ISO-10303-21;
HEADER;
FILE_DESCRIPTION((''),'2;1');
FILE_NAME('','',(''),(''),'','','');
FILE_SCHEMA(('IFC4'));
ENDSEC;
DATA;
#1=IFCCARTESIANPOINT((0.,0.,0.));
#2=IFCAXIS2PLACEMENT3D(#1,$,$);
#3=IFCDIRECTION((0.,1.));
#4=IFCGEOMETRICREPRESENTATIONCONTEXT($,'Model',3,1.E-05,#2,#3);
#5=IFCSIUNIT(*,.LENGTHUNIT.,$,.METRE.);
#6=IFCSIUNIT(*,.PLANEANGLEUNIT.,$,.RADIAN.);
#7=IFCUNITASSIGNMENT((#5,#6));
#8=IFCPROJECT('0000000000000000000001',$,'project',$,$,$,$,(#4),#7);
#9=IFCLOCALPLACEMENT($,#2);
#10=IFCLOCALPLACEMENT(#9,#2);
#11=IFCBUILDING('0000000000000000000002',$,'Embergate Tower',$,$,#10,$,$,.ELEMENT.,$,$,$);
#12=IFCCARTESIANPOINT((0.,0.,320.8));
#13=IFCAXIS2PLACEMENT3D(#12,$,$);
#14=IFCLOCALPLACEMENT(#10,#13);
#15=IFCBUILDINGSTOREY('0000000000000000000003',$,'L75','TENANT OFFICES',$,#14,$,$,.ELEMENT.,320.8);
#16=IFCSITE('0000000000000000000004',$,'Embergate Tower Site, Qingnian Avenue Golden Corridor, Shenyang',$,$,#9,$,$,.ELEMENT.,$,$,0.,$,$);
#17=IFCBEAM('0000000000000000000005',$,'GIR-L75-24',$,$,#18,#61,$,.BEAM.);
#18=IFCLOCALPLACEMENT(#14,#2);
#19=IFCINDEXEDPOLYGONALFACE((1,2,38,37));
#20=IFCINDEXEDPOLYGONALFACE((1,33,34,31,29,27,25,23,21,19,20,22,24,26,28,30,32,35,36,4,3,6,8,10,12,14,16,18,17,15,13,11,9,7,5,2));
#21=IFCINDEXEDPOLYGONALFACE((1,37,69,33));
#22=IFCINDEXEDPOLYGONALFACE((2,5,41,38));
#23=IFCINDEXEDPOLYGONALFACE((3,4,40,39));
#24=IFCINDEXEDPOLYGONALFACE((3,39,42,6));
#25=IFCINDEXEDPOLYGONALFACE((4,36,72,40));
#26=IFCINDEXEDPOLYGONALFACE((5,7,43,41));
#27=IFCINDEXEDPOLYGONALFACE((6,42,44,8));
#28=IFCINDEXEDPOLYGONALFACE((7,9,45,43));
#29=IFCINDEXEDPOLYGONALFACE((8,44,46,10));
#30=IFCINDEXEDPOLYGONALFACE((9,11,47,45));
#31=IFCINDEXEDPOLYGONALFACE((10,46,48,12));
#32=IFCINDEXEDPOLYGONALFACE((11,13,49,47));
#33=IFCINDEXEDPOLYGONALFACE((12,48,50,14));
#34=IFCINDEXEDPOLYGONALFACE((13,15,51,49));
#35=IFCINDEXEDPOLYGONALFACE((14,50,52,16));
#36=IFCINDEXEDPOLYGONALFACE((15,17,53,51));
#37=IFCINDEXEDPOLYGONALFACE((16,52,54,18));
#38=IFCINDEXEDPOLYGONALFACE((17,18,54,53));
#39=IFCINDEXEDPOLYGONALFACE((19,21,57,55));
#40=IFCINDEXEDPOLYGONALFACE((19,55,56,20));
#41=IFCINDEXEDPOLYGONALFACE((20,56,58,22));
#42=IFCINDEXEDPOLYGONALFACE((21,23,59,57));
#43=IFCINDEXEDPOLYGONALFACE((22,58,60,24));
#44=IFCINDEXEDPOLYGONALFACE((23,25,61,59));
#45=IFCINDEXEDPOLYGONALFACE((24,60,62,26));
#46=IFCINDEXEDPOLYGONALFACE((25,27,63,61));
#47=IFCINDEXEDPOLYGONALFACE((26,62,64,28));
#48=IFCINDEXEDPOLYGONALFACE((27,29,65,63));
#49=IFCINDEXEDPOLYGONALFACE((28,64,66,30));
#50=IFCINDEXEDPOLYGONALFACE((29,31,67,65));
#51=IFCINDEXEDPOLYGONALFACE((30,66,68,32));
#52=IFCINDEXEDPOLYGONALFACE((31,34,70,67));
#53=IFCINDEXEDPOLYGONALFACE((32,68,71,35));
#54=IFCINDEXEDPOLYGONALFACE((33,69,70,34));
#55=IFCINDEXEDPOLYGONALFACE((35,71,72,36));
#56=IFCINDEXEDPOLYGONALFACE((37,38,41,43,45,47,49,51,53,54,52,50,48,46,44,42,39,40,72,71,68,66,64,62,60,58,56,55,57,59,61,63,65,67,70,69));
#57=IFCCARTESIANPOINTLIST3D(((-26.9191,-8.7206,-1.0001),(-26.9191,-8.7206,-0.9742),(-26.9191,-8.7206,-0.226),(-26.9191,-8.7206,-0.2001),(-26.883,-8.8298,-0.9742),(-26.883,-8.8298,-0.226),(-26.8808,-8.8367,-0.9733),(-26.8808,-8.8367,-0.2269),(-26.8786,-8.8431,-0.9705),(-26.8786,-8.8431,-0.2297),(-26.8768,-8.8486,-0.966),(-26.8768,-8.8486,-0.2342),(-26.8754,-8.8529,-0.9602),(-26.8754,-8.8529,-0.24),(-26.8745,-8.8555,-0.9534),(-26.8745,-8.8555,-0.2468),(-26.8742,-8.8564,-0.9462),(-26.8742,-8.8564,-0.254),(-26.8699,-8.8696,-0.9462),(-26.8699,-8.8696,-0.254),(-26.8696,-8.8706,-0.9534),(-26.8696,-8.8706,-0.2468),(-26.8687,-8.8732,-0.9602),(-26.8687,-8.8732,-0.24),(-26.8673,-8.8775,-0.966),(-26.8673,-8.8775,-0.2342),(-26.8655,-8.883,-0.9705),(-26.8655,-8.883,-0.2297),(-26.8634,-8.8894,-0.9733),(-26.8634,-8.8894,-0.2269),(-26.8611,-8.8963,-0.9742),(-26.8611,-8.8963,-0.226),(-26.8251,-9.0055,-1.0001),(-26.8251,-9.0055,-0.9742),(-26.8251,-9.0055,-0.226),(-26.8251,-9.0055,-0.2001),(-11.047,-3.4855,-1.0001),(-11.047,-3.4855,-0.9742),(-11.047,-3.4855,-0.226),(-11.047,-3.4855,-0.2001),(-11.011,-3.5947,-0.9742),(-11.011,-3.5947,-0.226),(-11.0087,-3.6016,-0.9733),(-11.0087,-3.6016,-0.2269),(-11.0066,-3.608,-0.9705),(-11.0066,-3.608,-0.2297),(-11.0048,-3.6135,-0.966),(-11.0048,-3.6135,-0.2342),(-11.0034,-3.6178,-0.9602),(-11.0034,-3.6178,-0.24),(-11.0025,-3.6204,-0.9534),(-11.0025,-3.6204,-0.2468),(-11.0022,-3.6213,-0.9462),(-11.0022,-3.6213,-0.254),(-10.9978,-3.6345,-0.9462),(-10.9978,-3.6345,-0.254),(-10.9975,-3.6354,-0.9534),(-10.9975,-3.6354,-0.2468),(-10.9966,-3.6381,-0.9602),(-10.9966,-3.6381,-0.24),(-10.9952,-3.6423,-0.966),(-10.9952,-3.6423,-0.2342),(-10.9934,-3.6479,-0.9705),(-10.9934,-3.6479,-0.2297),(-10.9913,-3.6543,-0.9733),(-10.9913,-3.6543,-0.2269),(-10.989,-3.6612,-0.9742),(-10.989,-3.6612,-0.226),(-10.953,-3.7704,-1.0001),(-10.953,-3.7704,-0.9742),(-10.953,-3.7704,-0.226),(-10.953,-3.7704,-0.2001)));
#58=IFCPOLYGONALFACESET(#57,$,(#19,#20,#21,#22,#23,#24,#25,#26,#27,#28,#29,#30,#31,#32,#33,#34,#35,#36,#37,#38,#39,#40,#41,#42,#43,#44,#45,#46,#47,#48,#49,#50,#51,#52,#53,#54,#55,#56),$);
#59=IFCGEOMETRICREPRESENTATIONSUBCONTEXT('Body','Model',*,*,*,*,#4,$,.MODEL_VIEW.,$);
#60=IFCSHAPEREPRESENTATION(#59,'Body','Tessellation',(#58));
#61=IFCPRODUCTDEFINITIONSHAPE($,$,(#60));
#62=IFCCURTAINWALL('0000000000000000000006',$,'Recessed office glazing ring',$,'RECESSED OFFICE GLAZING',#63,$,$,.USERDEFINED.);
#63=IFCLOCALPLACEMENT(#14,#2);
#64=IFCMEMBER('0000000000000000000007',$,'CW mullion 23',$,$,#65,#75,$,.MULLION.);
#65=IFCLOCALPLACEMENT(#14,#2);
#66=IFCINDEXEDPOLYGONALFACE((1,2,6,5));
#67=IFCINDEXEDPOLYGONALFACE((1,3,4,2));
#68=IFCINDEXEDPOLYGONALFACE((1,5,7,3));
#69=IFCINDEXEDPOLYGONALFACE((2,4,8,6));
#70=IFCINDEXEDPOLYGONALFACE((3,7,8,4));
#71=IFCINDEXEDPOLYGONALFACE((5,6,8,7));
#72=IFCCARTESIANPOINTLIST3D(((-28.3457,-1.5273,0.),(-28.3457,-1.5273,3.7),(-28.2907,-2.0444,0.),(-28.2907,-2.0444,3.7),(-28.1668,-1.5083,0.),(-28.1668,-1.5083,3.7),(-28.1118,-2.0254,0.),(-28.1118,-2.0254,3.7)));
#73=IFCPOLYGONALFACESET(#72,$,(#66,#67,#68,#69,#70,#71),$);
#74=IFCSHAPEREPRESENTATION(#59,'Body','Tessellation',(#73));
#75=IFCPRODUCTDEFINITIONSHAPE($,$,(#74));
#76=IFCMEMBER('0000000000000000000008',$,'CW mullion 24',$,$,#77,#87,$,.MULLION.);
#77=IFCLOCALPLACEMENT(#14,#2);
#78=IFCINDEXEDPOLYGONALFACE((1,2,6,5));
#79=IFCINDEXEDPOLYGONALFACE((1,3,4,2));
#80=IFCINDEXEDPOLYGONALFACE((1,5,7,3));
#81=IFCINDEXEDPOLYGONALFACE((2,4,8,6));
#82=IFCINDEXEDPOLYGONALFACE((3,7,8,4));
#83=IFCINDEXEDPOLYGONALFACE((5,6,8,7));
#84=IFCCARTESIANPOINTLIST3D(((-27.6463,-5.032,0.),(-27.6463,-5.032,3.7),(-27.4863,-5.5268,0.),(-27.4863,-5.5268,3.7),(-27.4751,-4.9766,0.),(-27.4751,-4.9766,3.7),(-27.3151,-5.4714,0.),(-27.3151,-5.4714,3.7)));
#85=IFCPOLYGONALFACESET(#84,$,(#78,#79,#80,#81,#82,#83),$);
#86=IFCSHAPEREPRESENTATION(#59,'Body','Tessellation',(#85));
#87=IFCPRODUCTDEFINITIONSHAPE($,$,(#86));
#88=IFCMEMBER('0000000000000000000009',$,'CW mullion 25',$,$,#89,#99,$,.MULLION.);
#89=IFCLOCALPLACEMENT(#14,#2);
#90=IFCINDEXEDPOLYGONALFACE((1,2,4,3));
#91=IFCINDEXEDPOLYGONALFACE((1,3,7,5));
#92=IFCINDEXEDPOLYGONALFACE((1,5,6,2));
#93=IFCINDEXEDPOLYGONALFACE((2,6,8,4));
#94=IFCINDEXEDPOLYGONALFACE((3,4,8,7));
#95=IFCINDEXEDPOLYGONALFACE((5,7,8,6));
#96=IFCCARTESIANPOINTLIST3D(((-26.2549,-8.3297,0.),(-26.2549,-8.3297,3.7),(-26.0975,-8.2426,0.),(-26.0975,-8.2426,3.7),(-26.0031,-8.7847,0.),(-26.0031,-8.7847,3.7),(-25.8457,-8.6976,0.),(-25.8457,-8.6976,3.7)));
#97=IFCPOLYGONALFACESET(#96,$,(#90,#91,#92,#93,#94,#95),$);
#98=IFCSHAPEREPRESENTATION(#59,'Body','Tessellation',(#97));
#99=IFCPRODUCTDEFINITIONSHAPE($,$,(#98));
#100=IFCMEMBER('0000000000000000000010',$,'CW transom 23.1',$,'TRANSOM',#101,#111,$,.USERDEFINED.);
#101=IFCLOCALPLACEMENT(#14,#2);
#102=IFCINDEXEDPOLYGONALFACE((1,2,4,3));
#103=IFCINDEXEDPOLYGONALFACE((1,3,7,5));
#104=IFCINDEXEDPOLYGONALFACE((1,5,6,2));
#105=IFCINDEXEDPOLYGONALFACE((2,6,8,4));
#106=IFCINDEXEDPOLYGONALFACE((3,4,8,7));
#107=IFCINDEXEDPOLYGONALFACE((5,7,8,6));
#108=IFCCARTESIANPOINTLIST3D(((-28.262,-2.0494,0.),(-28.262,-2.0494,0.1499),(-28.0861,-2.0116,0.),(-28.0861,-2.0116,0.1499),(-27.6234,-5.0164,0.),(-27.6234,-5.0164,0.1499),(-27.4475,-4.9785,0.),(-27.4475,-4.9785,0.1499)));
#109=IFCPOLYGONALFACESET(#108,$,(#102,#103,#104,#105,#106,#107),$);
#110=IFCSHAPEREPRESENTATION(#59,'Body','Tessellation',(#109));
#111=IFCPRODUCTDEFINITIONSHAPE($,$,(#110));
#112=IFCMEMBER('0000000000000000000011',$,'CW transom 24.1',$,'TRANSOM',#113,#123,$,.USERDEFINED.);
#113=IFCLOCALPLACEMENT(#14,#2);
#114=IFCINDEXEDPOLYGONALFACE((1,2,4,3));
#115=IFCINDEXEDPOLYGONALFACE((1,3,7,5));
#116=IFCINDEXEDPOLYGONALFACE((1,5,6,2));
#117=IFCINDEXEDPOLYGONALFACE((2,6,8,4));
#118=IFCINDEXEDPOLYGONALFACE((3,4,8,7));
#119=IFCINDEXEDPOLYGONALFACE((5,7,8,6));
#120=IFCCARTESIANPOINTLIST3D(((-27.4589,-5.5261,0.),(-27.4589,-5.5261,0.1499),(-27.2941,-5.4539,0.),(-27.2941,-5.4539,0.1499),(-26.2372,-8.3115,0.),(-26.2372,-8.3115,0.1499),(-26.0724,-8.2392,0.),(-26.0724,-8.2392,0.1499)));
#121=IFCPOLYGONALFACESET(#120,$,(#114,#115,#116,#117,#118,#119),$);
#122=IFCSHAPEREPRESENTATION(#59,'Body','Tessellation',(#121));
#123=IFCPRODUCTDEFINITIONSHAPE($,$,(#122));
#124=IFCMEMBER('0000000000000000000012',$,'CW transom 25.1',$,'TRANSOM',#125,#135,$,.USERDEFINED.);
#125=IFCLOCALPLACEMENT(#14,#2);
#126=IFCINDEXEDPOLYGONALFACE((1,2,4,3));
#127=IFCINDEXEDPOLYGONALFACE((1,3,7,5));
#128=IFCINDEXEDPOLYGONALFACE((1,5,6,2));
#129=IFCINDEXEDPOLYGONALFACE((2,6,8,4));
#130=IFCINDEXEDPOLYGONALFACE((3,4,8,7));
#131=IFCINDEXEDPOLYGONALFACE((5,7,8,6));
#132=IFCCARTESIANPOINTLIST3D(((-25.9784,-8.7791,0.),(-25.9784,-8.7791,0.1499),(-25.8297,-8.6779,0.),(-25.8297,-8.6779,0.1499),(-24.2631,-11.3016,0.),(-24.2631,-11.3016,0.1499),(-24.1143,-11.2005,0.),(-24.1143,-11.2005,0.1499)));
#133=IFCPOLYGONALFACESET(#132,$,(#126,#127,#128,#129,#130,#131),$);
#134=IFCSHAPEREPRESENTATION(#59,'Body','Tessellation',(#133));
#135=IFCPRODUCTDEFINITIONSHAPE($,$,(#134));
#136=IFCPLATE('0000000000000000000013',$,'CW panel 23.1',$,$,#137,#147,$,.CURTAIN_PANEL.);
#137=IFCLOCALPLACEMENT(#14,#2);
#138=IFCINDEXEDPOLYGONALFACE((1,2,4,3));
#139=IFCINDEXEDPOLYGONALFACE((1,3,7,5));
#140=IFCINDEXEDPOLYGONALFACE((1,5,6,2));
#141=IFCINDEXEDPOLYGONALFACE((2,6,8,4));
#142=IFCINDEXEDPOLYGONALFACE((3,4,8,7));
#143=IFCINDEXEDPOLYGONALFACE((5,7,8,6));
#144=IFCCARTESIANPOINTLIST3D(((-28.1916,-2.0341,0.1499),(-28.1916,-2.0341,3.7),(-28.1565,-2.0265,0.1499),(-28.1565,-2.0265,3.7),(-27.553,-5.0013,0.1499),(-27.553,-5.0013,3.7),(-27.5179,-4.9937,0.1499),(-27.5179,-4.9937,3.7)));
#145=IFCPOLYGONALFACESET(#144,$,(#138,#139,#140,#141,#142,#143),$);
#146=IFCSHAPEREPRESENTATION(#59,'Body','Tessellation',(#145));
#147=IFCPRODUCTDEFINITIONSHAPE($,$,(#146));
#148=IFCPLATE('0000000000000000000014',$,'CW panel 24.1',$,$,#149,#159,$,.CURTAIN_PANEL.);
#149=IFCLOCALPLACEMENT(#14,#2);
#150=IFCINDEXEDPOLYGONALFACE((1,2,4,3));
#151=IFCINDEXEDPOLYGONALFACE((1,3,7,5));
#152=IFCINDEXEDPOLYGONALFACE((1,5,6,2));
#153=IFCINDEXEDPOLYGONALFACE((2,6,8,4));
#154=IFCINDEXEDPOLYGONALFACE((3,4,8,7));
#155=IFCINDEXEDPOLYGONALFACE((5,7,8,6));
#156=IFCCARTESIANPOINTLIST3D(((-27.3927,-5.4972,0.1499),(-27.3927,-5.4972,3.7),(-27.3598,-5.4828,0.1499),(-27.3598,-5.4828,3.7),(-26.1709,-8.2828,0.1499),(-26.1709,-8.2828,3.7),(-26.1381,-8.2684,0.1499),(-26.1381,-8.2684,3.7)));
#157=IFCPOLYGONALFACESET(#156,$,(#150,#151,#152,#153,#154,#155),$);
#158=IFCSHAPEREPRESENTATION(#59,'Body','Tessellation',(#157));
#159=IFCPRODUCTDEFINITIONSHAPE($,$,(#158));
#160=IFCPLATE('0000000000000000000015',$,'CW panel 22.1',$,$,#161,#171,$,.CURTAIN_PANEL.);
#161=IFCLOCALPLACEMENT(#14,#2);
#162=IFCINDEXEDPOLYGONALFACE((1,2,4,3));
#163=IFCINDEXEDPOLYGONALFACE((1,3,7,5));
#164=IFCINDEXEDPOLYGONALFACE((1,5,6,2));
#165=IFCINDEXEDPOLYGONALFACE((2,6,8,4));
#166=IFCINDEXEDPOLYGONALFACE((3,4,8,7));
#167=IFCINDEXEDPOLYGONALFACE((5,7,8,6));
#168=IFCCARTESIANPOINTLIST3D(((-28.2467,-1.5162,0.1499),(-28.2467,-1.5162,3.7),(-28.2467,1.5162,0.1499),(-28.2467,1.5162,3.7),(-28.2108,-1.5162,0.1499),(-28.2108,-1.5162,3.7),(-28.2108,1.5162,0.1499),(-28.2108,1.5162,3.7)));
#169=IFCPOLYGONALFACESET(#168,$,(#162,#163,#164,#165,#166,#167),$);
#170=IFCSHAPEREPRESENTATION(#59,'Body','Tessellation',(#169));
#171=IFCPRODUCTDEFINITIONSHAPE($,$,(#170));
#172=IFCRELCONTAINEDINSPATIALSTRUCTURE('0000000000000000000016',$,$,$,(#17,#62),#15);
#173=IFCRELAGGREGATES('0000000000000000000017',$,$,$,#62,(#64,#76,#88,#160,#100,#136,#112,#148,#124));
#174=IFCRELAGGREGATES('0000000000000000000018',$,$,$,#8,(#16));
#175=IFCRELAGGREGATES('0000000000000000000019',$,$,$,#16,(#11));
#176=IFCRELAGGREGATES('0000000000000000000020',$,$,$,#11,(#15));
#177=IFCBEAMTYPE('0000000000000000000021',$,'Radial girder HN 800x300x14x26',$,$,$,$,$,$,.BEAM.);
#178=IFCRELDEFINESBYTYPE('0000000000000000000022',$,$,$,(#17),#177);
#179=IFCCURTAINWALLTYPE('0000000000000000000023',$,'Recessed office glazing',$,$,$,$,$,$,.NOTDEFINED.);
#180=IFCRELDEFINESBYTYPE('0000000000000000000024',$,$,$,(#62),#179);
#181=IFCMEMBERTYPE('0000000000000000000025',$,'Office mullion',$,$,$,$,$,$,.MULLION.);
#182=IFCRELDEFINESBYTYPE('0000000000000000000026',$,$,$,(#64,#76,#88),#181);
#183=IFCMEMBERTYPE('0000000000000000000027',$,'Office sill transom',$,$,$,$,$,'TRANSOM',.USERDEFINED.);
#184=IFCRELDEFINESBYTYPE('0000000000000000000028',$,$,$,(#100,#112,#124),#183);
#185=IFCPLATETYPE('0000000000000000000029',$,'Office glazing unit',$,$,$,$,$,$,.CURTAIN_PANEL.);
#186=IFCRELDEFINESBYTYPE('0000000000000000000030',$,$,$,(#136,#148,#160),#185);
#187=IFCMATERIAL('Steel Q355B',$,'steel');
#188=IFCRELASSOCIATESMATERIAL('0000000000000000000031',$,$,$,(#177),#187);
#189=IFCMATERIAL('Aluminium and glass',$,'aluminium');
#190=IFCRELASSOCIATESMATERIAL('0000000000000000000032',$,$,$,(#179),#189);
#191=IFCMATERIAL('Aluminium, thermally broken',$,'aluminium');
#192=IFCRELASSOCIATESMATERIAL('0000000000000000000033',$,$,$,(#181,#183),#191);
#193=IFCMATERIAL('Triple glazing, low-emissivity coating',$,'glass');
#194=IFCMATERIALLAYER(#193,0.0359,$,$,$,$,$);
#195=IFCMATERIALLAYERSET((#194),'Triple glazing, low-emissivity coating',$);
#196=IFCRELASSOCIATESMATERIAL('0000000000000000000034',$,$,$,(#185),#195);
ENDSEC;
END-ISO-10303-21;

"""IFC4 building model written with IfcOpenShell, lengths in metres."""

from ifc_helpers import new_model, si_unit, direction, frame, origin, origin_2d, place, context, subcontext, project, spatial, rectangle, i_section, extrude, source, transform, mapped, material, layer, layer_set, material_profile, profile_set, type_object, element, aggregate, save


model = new_model("IFC4")

# Units and contexts
model_context = context("Model", 3, precision=1e-05, world=origin(), true_north=direction((0.0, 1.0)))
body_context = subcontext(model_context, "Body", "Model", "MODEL_VIEW")
ifc_project = project(units=[si_unit("LENGTHUNIT", "METRE"), si_unit("PLANEANGLEUNIT", "RADIAN")], contexts=[model_context])

# Site, building, storey
site_placement = place(None, origin())
site = spatial("IfcSite", under=ifc_project, at=site_placement, Name="Embergate Tower Site, Qingnian Avenue Golden Corridor, Shenyang", CompositionType="ELEMENT", RefElevation=0.0)
building_placement = place(site_placement, origin())
building = spatial("IfcBuilding", under=site, at=building_placement, Name="Embergate Tower", CompositionType="ELEMENT")
storey_placement = place(building_placement, frame((0.0, 0.0, 320.8)))
storey = spatial("IfcBuildingStorey", under=building, at=storey_placement, Name="L75", Description="TENANT OFFICES", CompositionType="ELEMENT", Elevation=320.8)

# Beam
ifc_material_1 = material(Name="Steel Q355B", Category="steel")
ifc_material_profile_1 = material_profile(ifc_material_1, i_section(OverallWidth=0.3, OverallDepth=0.8, WebThickness=0.0139, FlangeThickness=0.0259, FilletRadius=0.0281, at=origin_2d()), Name="HN 800x300x14x26")
ifc_profile_set_1 = profile_set([ifc_material_profile_1], Name="Steel Q355 grade B")
beam_type_1 = type_object("IfcBeamType", Name="Radial girder HN 800x300x14x26", PredefinedType="BEAM", material=ifc_profile_set_1)
shared_shape_1 = source(origin(), body_context, "Body", "SweptSolid", [
    extrude(i_section(OverallWidth=0.3, OverallDepth=0.8, WebThickness=0.0139, FlangeThickness=0.0259, FilletRadius=0.0281, at=origin_2d()), origin(), (0.0, 0.0, 1.0), 16.7131),
])
beam_1_placement = place(storey_placement, frame((-26.8721, -8.863, -0.6001), z_axis=(0.949676, 0.313233, 0.0), x_axis=(-0.313233, 0.949676, 0.0)))
element("IfcBeam", 1, at=beam_1_placement, inside=storey, type_object=beam_type_1, Name="GIR-L75-24", PredefinedType="BEAM", context=body_context, shape_type="MappedRepresentation", body=[
    mapped(shared_shape_1, transform((0.0, 0.0, 0.0))),
])

# Curtain wall, members, plates
ifc_material_2 = material(Name="Aluminium and glass", Category="aluminium")
curtain_wall_type = type_object("IfcCurtainWallType", Name="Recessed office glazing", PredefinedType="NOTDEFINED", material=ifc_material_2)
curtain_wall_placement = place(storey_placement, origin())
curtain_wall = element("IfcCurtainWall", 2, at=curtain_wall_placement, inside=storey, type_object=curtain_wall_type, Name="Recessed office glazing ring", ObjectType="RECESSED OFFICE GLAZING", PredefinedType="USERDEFINED")
ifc_material_3 = material(Name="Aluminium, thermally broken", Category="aluminium")
ifc_material_profile_2 = material_profile(ifc_material_3, rectangle(XDim=0.1799, YDim=0.52, at=origin_2d()), Name="AL 520x180")
ifc_profile_set_2 = profile_set([ifc_material_profile_2], Name="Aluminium, thermally broken")
member_type_1 = type_object("IfcMemberType", Name="Office mullion", PredefinedType="MULLION", material=ifc_profile_set_2)
shared_shape_2 = source(origin(), body_context, "Body", "SweptSolid", [
    extrude(rectangle(XDim=0.1799, YDim=0.52, at=origin_2d()), origin(), (0.0, 0.0, 1.0), 3.7),
])
member_1_placement = place(storey_placement, frame((-28.2288, -1.7764, 0.0), z_axis=(0.0, 0.0, 1.0), x_axis=(0.994384, 0.105832, 0.0)))
member_1 = element("IfcMember", 3, at=member_1_placement, type_object=member_type_1, Name="CW mullion 23", PredefinedType="MULLION", context=body_context, shape_type="MappedRepresentation", body=[
    mapped(shared_shape_2, transform((0.0, 0.0, 0.0))),
])
member_2_placement = place(storey_placement, frame((-27.4807, -5.2517, 0.0), z_axis=(0.0, 0.0, 1.0), x_axis=(0.951492, 0.307674, 0.0)))
member_2 = element("IfcMember", 4, at=member_2_placement, type_object=member_type_1, Name="CW mullion 24", PredefinedType="MULLION", context=body_context, shape_type="MappedRepresentation", body=[
    mapped(shared_shape_2, transform((0.0, 0.0, 0.0))),
])
member_3_placement = place(storey_placement, frame((-26.0503, -8.5137, 0.0), z_axis=(0.0, 0.0, 1.0), x_axis=(0.874991, 0.484139, 0.0)))
member_3 = element("IfcMember", 5, at=member_3_placement, type_object=member_type_1, Name="CW mullion 25", PredefinedType="MULLION", context=body_context, shape_type="MappedRepresentation", body=[
    mapped(shared_shape_2, transform((0.0, 0.0, 0.0))),
])
ifc_material_profile_3 = material_profile(ifc_material_3, rectangle(XDim=0.1799, YDim=0.1499, at=origin_2d()), Name="AL 150x180")
ifc_profile_set_3 = profile_set([ifc_material_profile_3], Name="Aluminium, thermally broken")
member_type_2 = type_object("IfcMemberType", Name="Office sill transom", ElementType="TRANSOM", PredefinedType="USERDEFINED", material=ifc_profile_set_3)
shared_shape_3 = source(origin(), body_context, "Body", "SweptSolid", [
    extrude(rectangle(XDim=0.1799, YDim=0.1499, at=origin_2d()), origin(), (0.0, 0.0, 1.0), 3.0349),
])
member_4_placement = place(storey_placement, frame((-28.1741, -2.0305, 0.075), z_axis=(0.210435, -0.977608, 0.0), x_axis=(0.977608, 0.210435, 0.0)))
member_4 = element("IfcMember", 6, at=member_4_placement, type_object=member_type_2, Name="CW transom 23.1", ObjectType="TRANSOM", PredefinedType="USERDEFINED", context=body_context, shape_type="MappedRepresentation", body=[
    mapped(shared_shape_3, transform((0.0, 0.0, 0.0))),
])
shared_shape_4 = source(origin(), body_context, "Body", "SweptSolid", [
    extrude(rectangle(XDim=0.1799, YDim=0.1499, at=origin_2d()), origin(), (0.0, 0.0, 1.0), 3.0415),
])
member_5_placement = place(storey_placement, frame((-27.3765, -5.49, 0.075), z_axis=(0.401665, -0.915787, 0.0), x_axis=(0.915787, 0.401665, 0.0)))
member_5 = element("IfcMember", 7, at=member_5_placement, type_object=member_type_2, Name="CW transom 24.1", ObjectType="TRANSOM", PredefinedType="USERDEFINED", context=body_context, shape_type="MappedRepresentation", body=[
    mapped(shared_shape_4, transform((0.0, 0.0, 0.0))),
])
shared_shape_5 = source(origin(), body_context, "Body", "SweptSolid", [
    extrude(rectangle(XDim=0.1799, YDim=0.1499, at=origin_2d()), origin(), (0.0, 0.0, 1.0), 3.0505),
])
member_6_placement = place(storey_placement, frame((-25.9041, -8.7285, 0.075), z_axis=(0.562323, -0.826918, 0.0), x_axis=(0.826918, 0.562323, 0.0)))
member_6 = element("IfcMember", 8, at=member_6_placement, type_object=member_type_2, Name="CW transom 25.1", ObjectType="TRANSOM", PredefinedType="USERDEFINED", context=body_context, shape_type="MappedRepresentation", body=[
    mapped(shared_shape_5, transform((0.0, 0.0, 0.0))),
])
ifc_material_4 = material(Name="Triple glazing, low-emissivity coating", Category="glass")
ifc_layer_1 = layer(ifc_material_4, 0.0359)
ifc_layer_set_1 = layer_set([ifc_layer_1], Name="Triple glazing, low-emissivity coating")
plate_type = type_object("IfcPlateType", Name="Office glazing unit", PredefinedType="CURTAIN_PANEL", material=ifc_layer_set_1)
shared_shape_6 = source(origin(), body_context, "Body", "SweptSolid", [
    extrude(rectangle(XDim=3.0352, YDim=0.0359, at=origin_2d()), origin(), (0.0, 0.0, 1.0), 3.55),
])
plate_1_placement = place(storey_placement, frame((-27.8547, -3.5139, 0.1499), z_axis=(0.0, 0.0, 1.0), x_axis=(0.2104, -0.977615, 0.0)))
plate_1 = element("IfcPlate", 9, at=plate_1_placement, type_object=plate_type, Name="CW panel 23.1", PredefinedType="CURTAIN_PANEL", context=body_context, shape_type="MappedRepresentation", body=[
    mapped(shared_shape_6, transform((0.0, 0.0, 0.0))),
])
shared_shape_7 = source(origin(), body_context, "Body", "SweptSolid", [
    extrude(rectangle(XDim=3.0417, YDim=0.0359, at=origin_2d()), origin(), (0.0, 0.0, 1.0), 3.55),
])
plate_2_placement = place(storey_placement, frame((-26.7654, -6.8828, 0.1499), z_axis=(0.0, 0.0, 1.0), x_axis=(0.401654, -0.915792, 0.0)))
plate_2 = element("IfcPlate", 10, at=plate_2_placement, type_object=plate_type, Name="CW panel 24.1", PredefinedType="CURTAIN_PANEL", context=body_context, shape_type="MappedRepresentation", body=[
    mapped(shared_shape_7, transform((0.0, 0.0, 0.0))),
])
shared_shape_8 = source(origin(), body_context, "Body", "SweptSolid", [
    extrude(rectangle(XDim=3.0325, YDim=0.0359, at=origin_2d()), origin(), (0.0, 0.0, 1.0), 3.55),
])
plate_3_placement = place(storey_placement, frame((-28.2288, 0.0, 0.1499), z_axis=(0.0, 0.0, 1.0), x_axis=(0.0, -1.0, 0.0)))
plate_3 = element("IfcPlate", 11, at=plate_3_placement, type_object=plate_type, Name="CW panel 22.1", PredefinedType="CURTAIN_PANEL", context=body_context, shape_type="MappedRepresentation", body=[
    mapped(shared_shape_8, transform((0.0, 0.0, 0.0))),
])
aggregate(curtain_wall, [member_1, member_2, member_3, plate_3, member_4, plate_1, member_5, plate_2, member_6])

save(model, "model.ifc")
